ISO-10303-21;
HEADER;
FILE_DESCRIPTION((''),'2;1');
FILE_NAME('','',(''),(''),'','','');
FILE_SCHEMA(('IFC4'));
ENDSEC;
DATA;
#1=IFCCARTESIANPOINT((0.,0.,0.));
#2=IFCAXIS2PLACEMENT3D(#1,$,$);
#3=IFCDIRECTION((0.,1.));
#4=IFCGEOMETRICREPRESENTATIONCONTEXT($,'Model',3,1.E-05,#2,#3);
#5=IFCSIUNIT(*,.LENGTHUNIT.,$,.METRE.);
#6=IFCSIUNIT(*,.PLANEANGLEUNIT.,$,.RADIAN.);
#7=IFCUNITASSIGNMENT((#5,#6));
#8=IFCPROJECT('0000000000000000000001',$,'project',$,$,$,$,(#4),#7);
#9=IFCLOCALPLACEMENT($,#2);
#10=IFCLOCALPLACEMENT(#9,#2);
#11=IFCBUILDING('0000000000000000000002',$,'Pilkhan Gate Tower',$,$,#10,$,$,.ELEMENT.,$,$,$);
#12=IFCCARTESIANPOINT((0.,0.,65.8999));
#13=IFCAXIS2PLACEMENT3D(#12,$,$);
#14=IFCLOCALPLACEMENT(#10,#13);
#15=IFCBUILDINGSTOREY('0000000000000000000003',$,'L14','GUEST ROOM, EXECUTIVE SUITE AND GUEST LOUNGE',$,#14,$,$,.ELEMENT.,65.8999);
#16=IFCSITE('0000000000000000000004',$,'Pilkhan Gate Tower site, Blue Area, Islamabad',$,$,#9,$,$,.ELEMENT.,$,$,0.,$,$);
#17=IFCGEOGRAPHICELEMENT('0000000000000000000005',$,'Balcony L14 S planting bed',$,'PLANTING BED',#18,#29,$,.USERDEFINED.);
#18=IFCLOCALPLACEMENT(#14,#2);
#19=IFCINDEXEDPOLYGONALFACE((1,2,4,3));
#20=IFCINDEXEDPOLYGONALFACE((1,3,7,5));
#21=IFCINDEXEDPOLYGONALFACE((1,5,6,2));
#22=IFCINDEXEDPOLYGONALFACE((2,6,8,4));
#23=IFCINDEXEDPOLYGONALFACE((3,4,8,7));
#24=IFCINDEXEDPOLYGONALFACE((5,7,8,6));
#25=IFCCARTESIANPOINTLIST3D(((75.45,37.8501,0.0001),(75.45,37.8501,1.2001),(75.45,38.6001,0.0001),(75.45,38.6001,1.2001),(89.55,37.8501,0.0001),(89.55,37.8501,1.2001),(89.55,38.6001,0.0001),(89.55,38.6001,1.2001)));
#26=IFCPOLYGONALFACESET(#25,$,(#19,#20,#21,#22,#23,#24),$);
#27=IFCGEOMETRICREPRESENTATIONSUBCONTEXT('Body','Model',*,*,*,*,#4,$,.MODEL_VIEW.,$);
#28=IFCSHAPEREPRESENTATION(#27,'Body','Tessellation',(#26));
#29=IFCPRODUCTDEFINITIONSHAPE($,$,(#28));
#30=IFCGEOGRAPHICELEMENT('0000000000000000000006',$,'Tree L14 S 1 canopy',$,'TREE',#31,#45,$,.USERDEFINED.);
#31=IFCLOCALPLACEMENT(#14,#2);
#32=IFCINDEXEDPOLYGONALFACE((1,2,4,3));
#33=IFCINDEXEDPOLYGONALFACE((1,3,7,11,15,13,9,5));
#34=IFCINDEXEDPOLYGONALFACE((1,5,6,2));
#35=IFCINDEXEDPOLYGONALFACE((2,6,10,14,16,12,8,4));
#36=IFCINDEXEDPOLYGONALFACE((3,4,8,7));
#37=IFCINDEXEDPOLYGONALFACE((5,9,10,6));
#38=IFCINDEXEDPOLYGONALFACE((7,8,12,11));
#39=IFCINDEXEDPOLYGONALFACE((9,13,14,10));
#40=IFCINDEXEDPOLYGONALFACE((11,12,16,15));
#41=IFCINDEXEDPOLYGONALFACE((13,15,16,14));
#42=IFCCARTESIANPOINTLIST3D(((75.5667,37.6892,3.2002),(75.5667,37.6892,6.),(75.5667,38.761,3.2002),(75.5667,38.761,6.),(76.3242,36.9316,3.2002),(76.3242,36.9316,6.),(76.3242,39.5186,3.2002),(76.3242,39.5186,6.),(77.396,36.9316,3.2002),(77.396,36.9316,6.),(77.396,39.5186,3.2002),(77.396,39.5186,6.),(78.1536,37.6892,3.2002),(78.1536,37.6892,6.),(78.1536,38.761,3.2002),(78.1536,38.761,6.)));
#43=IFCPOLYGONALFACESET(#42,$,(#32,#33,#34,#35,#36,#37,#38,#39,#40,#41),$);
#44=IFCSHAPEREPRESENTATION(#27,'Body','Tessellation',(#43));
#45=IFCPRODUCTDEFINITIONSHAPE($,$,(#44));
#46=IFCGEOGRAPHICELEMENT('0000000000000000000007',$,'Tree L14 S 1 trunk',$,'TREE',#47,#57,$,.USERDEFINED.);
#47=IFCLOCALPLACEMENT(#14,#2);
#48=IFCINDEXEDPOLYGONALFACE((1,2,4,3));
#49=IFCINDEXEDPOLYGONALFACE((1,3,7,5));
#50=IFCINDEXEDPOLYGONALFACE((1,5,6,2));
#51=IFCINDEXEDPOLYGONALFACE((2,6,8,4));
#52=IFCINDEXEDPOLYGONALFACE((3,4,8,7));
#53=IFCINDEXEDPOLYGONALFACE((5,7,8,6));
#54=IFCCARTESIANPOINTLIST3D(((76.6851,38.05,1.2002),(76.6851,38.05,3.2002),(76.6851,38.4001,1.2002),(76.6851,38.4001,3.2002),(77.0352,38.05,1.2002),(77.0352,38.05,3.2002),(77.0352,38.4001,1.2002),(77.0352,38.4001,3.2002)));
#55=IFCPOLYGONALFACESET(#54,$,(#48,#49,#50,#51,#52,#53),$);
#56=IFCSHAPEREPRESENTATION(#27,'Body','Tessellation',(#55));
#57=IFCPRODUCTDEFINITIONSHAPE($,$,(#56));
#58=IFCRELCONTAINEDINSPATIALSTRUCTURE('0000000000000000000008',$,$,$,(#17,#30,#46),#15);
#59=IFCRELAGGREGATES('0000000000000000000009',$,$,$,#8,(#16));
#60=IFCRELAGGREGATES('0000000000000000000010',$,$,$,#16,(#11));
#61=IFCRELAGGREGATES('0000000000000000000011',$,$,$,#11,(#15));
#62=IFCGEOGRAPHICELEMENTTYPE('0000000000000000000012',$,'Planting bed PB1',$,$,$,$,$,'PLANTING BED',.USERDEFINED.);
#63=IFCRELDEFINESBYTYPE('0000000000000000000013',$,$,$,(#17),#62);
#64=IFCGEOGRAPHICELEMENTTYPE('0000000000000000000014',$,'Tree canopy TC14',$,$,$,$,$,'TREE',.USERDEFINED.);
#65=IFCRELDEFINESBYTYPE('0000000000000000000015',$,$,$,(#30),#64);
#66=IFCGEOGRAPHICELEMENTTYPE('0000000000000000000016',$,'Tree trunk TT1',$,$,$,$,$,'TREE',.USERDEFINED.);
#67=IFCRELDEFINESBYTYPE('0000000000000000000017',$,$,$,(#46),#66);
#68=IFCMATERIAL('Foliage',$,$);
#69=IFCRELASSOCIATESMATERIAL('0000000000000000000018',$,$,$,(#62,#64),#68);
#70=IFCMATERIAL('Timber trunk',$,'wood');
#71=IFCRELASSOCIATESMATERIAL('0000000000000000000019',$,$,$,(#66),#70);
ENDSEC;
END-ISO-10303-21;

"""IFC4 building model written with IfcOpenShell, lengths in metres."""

from ifc_helpers import new_model, si_unit, direction, frame, origin, origin_2d, place, context, subcontext, project, spatial, polyline, rectangle, outline, extrude, material, material_profile, profile_set, type_object, element, save


model = new_model("IFC4")

# Units and contexts
model_context = context("Model", 3, precision=1e-05, world=origin(), true_north=direction((0.0, 1.0)))
body_context = subcontext(model_context, "Body", "Model", "MODEL_VIEW")
ifc_project = project(units=[si_unit("LENGTHUNIT", "METRE"), si_unit("PLANEANGLEUNIT", "RADIAN")], contexts=[model_context])

# Site, building, storey
site_placement = place(None, origin())
site = spatial("IfcSite", under=ifc_project, at=site_placement, Name="Pilkhan Gate Tower site, Blue Area, Islamabad", CompositionType="ELEMENT", RefElevation=0.0)
building_placement = place(site_placement, origin())
building = spatial("IfcBuilding", under=site, at=building_placement, Name="Pilkhan Gate Tower", CompositionType="ELEMENT")
storey_placement = place(building_placement, frame((0.0, 0.0, 65.8999)))
storey = spatial("IfcBuildingStorey", under=building, at=storey_placement, Name="L14", Description="GUEST ROOM, EXECUTIVE SUITE AND GUEST LOUNGE", CompositionType="ELEMENT", Elevation=65.8999)

# Geographic elements
ifc_material_1 = material(Name="Foliage")
ifc_material_profile_1 = material_profile(ifc_material_1, rectangle(XDim=0.75, YDim=1.2, at=origin_2d()), Name="Bed 750x1200")
ifc_profile_set_1 = profile_set([ifc_material_profile_1], Name="Foliage")
geographic_element_type_1 = type_object("IfcGeographicElementType", Name="Planting bed PB1", ElementType="PLANTING BED", PredefinedType="USERDEFINED", material=ifc_profile_set_1)
geographic_element_1_placement = place(storey_placement, frame((75.45, 38.2251, 0.6001), z_axis=(1.0, 0.0, 0.0), x_axis=(0.0, 1.0, 0.0)))
element("IfcGeographicElement", 1, at=geographic_element_1_placement, inside=storey, type_object=geographic_element_type_1, Name="Balcony L14 S planting bed", ObjectType="PLANTING BED", PredefinedType="USERDEFINED", context=body_context, shape_type="SweptSolid", body=[
    extrude(rectangle(XDim=0.75, YDim=1.2, at=origin_2d()), origin(), (0.0, 0.0, 1.0), 14.1001),
])
ifc_material_profile_2 = material_profile(ifc_material_1, outline(polyline([(1.2935, 0.5359), (0.5359, 1.2935), (-0.5359, 1.2935), (-1.2935, 0.5359), (-1.2935, -0.5359), (-0.5359, -1.2935), (0.5359, -1.2935), (1.2935, -0.5359), (1.2935, 0.5359)])), Name="Canopy D2.8")
ifc_profile_set_2 = profile_set([ifc_material_profile_2], Name="Foliage")
geographic_element_type_2 = type_object("IfcGeographicElementType", Name="Tree canopy TC14", ElementType="TREE", PredefinedType="USERDEFINED", material=ifc_profile_set_2)
geographic_element_2_placement = place(storey_placement, frame((76.8601, 38.2251, 3.2002), z_axis=(0.0, 0.0, 1.0), x_axis=(1.0, 0.0, 0.0)))
element("IfcGeographicElement", 2, at=geographic_element_2_placement, inside=storey, type_object=geographic_element_type_2, Name="Tree L14 S 1 canopy", ObjectType="TREE", PredefinedType="USERDEFINED", context=body_context, shape_type="SweptSolid", body=[
    extrude(outline(polyline([(1.2935, 0.5359), (0.5359, 1.2935), (-0.5359, 1.2935), (-1.2935, 0.5359), (-1.2935, -0.5359), (-0.5359, -1.2935), (0.5359, -1.2935), (1.2935, -0.5359), (1.2935, 0.5359)])), origin(), (0.0, 0.0, 1.0), 2.7998),
])
ifc_material_2 = material(Name="Timber trunk", Category="wood")
geographic_element_type_3 = type_object("IfcGeographicElementType", Name="Tree trunk TT1", ElementType="TREE", PredefinedType="USERDEFINED", material=ifc_material_2)
geographic_element_3_placement = place(storey_placement, frame((76.8601, 38.2251, 1.2002), z_axis=(0.0, 0.0, 1.0), x_axis=(1.0, 0.0, 0.0)))
element("IfcGeographicElement", 3, at=geographic_element_3_placement, inside=storey, type_object=geographic_element_type_3, Name="Tree L14 S 1 trunk", ObjectType="TREE", PredefinedType="USERDEFINED", context=body_context, shape_type="SweptSolid", body=[
    extrude(rectangle(XDim=0.3501, YDim=0.3501, at=origin_2d()), origin(), (0.0, 0.0, 1.0), 2.0),
])

save(model, "model.ifc")
